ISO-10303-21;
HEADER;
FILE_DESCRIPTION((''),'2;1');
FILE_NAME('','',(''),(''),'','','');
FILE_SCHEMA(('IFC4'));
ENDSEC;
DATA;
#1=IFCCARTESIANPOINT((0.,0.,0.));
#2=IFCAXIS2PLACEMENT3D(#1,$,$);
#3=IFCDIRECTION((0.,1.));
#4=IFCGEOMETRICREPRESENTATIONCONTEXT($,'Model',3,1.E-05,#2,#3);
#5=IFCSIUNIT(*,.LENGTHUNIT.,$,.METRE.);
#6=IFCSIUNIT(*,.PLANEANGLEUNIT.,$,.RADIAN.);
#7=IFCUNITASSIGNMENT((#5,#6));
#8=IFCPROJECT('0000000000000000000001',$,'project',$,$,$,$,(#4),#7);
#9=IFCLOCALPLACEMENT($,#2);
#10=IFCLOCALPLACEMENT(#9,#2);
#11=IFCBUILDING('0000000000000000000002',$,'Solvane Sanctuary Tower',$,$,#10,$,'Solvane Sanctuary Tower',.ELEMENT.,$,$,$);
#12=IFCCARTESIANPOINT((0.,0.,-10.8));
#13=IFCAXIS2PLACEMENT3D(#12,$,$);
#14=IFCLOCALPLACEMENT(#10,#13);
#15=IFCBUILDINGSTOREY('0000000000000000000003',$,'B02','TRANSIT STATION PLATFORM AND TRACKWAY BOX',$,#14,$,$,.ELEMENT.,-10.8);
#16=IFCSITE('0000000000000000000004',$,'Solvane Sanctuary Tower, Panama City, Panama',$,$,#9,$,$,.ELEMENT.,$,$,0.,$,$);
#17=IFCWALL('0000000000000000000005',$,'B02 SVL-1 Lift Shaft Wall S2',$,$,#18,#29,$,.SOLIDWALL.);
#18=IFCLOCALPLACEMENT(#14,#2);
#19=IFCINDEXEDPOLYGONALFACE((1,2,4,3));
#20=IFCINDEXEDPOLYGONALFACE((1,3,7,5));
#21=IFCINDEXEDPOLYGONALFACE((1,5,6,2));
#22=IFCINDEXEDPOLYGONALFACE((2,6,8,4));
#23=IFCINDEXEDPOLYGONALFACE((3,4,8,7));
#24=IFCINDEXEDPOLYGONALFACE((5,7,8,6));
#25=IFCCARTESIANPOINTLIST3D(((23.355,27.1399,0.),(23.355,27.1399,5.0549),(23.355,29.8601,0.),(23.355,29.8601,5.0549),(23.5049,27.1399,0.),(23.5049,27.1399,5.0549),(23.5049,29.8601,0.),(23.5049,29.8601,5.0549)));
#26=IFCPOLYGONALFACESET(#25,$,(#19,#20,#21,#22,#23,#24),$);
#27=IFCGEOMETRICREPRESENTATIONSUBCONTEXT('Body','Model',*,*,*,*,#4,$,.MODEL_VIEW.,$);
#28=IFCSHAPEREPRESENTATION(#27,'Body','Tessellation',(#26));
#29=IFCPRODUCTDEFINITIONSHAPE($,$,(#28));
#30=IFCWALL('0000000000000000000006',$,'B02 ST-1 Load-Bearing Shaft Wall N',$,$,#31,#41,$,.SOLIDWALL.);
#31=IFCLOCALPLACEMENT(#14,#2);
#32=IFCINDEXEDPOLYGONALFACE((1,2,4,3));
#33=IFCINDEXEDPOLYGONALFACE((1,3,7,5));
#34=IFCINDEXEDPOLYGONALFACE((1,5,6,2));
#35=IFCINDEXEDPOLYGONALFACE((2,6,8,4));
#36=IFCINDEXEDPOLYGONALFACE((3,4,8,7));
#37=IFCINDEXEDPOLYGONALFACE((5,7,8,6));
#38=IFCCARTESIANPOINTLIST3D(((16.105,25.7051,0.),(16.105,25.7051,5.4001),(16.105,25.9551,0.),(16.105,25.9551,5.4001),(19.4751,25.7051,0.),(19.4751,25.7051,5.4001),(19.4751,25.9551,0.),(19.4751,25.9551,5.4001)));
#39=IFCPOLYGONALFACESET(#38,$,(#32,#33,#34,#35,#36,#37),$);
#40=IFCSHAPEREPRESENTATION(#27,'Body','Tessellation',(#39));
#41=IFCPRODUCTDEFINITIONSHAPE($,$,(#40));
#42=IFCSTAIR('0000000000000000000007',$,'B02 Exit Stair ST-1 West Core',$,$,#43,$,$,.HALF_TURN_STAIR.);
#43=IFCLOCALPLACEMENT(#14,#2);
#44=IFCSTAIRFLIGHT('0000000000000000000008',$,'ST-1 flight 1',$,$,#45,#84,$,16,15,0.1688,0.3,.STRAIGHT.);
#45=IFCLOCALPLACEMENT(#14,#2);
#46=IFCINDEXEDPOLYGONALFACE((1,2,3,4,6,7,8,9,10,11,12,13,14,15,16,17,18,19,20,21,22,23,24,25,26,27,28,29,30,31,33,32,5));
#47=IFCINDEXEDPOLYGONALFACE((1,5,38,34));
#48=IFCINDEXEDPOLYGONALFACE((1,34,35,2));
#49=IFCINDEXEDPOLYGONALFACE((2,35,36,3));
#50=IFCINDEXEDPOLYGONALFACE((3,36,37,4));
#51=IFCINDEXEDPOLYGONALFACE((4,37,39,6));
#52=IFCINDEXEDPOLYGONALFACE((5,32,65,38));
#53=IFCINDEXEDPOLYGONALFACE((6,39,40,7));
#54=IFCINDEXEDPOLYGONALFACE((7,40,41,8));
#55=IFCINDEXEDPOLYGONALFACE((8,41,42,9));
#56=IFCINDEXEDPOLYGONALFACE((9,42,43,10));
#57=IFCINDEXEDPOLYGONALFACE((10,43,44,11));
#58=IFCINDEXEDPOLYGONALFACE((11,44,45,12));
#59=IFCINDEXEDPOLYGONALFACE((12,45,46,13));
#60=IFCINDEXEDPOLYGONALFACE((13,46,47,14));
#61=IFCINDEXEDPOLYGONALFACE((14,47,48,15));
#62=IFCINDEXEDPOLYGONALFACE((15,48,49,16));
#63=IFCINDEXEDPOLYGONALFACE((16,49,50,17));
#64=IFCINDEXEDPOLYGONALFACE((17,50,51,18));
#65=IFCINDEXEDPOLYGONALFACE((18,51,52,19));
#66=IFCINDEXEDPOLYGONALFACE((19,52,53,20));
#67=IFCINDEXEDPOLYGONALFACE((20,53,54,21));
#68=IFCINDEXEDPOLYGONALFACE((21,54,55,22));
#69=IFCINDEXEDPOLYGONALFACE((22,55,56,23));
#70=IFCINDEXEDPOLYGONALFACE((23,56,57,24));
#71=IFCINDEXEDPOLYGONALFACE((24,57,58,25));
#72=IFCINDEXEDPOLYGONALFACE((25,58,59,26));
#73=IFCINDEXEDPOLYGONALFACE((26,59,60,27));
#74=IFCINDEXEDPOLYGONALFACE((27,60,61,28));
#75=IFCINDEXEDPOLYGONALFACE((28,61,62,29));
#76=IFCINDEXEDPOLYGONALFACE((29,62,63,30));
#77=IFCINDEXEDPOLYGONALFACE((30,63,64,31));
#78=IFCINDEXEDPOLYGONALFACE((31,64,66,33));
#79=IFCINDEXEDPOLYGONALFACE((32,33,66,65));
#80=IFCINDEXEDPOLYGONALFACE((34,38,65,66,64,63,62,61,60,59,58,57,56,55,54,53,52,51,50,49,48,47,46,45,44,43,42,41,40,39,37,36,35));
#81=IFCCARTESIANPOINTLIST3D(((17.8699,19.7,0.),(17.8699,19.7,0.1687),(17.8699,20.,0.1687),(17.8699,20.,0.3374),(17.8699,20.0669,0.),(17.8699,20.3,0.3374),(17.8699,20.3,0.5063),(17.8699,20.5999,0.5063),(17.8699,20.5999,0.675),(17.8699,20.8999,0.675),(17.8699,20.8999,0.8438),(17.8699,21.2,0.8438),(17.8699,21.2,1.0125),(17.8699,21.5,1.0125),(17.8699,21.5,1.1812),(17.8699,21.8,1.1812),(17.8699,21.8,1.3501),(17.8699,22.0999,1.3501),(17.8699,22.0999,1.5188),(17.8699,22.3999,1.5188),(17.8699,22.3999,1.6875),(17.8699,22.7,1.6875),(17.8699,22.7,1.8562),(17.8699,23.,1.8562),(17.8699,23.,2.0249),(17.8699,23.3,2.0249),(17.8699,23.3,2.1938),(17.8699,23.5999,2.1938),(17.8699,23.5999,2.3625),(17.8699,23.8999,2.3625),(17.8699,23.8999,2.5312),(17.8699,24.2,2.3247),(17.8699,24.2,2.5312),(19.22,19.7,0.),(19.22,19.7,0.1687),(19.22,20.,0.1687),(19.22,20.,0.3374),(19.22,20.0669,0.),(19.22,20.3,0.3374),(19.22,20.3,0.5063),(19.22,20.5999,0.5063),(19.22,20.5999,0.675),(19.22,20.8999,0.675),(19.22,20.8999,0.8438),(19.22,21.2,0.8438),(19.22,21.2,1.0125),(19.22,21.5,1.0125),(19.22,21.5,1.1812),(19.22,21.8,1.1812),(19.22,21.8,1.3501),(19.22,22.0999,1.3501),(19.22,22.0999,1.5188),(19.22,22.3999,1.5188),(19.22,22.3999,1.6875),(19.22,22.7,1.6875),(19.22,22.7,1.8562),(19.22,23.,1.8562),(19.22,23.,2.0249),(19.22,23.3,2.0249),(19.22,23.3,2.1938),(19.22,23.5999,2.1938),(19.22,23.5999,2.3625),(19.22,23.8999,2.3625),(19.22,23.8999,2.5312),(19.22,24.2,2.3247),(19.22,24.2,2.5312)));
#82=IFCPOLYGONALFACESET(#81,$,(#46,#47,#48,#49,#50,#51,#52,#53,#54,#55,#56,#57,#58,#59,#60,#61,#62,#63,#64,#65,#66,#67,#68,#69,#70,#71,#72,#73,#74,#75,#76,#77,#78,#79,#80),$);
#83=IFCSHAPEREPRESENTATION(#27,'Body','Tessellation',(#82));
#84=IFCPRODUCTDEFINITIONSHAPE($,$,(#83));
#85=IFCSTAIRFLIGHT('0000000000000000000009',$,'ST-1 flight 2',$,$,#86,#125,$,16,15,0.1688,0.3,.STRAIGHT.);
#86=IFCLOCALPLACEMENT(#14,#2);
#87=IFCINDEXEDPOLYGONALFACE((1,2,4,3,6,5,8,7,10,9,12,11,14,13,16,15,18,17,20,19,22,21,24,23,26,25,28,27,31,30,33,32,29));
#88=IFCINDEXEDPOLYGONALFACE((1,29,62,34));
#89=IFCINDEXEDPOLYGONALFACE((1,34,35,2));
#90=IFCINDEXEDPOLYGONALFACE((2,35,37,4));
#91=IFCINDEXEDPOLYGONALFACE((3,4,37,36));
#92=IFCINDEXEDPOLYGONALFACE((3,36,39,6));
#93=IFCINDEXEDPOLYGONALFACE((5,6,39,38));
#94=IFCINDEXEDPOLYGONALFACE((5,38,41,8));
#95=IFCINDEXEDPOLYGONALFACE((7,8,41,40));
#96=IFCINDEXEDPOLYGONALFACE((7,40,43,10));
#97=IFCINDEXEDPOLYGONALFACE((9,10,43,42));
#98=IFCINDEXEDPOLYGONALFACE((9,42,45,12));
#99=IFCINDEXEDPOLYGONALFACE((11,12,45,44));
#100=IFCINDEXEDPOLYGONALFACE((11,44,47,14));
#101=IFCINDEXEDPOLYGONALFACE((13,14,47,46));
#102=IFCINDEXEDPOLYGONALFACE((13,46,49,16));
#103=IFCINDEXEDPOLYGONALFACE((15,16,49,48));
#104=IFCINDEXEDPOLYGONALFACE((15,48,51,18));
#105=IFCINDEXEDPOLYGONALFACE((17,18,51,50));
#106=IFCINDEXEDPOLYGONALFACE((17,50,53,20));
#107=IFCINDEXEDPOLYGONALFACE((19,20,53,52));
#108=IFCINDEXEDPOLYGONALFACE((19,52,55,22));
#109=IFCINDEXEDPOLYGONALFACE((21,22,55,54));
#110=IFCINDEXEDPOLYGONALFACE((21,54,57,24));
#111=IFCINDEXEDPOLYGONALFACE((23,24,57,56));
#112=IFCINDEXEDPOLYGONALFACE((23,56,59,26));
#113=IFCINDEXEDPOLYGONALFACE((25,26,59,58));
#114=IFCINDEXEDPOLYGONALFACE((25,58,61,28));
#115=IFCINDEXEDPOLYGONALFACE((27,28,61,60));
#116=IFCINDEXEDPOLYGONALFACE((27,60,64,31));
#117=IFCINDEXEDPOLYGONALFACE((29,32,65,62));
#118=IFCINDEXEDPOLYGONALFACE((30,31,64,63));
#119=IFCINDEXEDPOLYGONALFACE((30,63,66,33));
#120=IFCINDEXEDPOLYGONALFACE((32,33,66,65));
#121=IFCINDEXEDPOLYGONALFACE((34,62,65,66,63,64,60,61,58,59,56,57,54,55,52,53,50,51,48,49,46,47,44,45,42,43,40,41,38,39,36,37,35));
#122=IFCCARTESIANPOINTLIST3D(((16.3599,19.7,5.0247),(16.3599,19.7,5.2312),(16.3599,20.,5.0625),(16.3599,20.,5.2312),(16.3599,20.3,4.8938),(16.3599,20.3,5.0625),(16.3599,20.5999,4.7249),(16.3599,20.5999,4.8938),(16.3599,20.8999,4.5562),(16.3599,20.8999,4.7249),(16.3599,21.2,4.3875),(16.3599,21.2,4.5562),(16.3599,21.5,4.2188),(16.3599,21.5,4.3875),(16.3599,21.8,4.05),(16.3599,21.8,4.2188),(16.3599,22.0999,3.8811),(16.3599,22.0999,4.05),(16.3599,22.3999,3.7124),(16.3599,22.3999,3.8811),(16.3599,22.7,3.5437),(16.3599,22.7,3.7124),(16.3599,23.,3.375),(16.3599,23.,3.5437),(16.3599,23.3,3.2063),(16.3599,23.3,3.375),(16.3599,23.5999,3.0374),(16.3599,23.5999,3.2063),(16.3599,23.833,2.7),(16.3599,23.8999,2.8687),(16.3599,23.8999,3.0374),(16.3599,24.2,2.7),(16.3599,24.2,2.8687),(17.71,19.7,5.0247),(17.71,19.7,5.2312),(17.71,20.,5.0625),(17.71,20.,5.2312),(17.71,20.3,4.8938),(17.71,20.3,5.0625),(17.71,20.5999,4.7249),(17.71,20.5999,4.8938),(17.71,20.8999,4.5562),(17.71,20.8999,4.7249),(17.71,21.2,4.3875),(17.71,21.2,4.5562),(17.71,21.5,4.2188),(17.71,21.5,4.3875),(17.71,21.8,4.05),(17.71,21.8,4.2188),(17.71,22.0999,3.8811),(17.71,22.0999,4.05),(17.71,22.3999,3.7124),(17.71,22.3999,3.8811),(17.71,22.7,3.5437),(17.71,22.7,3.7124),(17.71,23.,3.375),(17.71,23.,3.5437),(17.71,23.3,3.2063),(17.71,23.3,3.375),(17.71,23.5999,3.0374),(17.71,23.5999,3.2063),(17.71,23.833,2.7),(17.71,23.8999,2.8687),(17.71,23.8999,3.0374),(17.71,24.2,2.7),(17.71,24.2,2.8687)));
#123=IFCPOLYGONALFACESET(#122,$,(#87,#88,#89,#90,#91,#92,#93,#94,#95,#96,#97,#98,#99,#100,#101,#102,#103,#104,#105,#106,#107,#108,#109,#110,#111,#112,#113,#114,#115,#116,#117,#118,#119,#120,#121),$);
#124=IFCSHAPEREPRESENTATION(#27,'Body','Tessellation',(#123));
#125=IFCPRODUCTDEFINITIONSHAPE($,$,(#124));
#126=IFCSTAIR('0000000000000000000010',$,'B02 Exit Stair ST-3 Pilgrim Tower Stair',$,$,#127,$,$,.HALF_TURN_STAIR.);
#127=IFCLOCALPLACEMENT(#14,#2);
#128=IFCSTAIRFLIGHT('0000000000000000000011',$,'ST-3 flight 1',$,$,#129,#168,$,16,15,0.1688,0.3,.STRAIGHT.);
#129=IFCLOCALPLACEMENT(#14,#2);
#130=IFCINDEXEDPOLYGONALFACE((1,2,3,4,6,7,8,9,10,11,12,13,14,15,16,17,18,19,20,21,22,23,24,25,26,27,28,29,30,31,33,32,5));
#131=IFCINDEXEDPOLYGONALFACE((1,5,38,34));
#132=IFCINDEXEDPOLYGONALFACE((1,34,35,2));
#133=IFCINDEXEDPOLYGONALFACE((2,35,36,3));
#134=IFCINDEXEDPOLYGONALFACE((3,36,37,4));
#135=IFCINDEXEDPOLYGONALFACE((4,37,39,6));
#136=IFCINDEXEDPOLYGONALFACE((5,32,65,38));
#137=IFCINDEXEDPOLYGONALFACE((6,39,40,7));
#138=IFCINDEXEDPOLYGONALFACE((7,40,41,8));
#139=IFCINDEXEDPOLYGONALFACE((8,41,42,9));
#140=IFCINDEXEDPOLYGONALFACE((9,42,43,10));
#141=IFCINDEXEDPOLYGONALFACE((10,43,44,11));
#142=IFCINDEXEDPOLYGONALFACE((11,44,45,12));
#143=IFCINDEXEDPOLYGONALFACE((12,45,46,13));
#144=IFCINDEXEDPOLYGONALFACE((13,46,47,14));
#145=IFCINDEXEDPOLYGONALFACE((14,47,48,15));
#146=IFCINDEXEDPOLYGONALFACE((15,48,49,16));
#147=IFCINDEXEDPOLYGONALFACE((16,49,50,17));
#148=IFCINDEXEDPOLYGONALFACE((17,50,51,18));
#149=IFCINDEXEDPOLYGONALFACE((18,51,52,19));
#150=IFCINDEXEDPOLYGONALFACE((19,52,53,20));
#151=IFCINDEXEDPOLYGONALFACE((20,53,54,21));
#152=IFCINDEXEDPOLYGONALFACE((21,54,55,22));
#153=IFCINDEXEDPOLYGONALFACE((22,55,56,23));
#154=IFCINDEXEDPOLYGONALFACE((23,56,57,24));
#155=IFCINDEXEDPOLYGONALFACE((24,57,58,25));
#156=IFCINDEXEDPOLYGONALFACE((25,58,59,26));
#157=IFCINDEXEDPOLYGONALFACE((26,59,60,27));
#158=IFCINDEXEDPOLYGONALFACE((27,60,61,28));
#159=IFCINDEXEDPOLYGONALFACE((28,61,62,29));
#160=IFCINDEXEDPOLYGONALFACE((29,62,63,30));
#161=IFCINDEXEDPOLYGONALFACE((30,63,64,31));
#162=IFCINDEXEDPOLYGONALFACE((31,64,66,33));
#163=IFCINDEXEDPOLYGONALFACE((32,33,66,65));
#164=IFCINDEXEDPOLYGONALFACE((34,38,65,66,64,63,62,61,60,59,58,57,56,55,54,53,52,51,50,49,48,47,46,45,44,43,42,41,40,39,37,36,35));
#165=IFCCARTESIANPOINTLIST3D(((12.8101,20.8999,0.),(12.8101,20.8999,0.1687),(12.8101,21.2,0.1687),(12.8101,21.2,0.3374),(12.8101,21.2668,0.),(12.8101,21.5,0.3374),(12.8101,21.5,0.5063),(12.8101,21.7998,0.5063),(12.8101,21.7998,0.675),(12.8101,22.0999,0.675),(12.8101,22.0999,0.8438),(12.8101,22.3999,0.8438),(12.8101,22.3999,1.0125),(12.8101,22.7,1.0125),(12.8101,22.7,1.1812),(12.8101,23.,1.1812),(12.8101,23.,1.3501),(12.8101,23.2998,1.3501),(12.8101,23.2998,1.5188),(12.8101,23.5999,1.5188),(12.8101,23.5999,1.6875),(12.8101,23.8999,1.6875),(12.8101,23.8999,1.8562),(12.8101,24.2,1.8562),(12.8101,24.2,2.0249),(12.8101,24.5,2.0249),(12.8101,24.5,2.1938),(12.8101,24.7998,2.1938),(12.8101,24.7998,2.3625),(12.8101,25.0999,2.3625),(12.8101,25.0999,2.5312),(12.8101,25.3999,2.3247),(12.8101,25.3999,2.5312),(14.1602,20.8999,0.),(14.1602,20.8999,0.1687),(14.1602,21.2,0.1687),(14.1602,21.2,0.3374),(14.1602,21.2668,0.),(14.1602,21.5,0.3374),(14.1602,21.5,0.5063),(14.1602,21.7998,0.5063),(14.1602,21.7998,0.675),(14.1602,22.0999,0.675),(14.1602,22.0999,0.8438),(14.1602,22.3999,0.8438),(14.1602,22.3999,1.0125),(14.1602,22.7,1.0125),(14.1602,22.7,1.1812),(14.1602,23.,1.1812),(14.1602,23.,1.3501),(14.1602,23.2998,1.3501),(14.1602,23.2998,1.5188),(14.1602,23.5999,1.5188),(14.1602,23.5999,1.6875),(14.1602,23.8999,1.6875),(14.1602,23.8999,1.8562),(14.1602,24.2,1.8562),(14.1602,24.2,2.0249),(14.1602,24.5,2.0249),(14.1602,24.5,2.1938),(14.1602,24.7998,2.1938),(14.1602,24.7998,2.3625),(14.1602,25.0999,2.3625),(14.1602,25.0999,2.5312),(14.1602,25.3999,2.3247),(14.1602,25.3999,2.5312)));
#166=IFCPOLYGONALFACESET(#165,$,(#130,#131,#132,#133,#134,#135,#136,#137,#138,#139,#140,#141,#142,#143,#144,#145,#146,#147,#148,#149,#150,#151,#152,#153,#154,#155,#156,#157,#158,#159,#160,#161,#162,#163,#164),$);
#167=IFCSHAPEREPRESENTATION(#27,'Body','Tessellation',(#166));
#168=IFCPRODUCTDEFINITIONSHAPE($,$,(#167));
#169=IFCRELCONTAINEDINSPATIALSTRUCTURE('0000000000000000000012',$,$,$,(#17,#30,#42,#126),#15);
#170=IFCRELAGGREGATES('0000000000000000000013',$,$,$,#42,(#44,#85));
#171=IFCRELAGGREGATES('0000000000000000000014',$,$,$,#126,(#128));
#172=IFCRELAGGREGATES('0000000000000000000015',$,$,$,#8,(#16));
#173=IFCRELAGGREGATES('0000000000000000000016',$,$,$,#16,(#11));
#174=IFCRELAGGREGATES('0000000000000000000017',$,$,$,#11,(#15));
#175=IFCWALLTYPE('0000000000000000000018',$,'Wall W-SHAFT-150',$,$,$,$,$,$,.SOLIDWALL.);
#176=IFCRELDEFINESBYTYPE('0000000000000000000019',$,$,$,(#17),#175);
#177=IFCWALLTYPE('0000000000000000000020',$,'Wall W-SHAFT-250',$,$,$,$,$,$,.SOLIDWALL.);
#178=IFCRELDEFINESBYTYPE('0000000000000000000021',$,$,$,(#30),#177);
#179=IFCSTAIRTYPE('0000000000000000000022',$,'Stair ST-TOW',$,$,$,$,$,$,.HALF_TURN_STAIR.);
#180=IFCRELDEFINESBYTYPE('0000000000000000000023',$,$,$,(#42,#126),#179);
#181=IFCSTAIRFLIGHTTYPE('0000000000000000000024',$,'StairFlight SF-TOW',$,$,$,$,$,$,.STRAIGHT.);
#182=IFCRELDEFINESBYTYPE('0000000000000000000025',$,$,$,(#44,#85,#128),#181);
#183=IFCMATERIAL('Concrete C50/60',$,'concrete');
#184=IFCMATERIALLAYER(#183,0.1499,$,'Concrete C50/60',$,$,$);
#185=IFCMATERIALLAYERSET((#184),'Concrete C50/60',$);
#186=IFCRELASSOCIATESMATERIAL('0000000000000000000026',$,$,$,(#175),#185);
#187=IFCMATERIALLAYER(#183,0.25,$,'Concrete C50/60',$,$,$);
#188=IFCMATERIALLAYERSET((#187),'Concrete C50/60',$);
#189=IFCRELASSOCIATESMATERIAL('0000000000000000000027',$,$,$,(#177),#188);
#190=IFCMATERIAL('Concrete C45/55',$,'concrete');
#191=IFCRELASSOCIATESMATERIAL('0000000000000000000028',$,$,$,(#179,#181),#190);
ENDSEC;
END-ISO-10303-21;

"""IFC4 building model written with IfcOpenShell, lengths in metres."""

from ifc_helpers import new_model, si_unit, direction, frame, frame_2d, origin, place, context, subcontext, project, spatial, polyline, rectangle, outline, extrude, material, layer, layer_set, type_object, element, aggregate, save


model = new_model("IFC4")

# Units and contexts
model_context = context("Model", 3, precision=1e-05, world=origin(), true_north=direction((0.0, 1.0)))
body_context = subcontext(model_context, "Body", "Model", "MODEL_VIEW")
ifc_project = project(units=[si_unit("LENGTHUNIT", "METRE"), si_unit("PLANEANGLEUNIT", "RADIAN")], contexts=[model_context])

# Site, building, storey
site_placement = place(None, origin())
site = spatial("IfcSite", under=ifc_project, at=site_placement, Name="Solvane Sanctuary Tower, Panama City, Panama", CompositionType="ELEMENT", RefElevation=0.0)
building_placement = place(site_placement, origin())
building = spatial("IfcBuilding", under=site, at=building_placement, Name="Solvane Sanctuary Tower", LongName="Solvane Sanctuary Tower", CompositionType="ELEMENT")
storey_placement = place(building_placement, frame((0.0, 0.0, -10.8)))
storey = spatial("IfcBuildingStorey", under=building, at=storey_placement, Name="B02", Description="TRANSIT STATION PLATFORM AND TRACKWAY BOX", CompositionType="ELEMENT", Elevation=-10.8)

# Shared definitions
ifc_material_1 = material(Name="Concrete C45/55", Category="concrete")

# Shared definitions
ifc_material_2 = material(Name="Concrete C50/60", Category="concrete")
ifc_layer_1 = layer(ifc_material_2, 0.1499, Name="Concrete C50/60")
ifc_layer_set_1 = layer_set([ifc_layer_1], Name="Concrete C50/60")
wall_type_1 = type_object("IfcWallType", Name="Wall W-SHAFT-150", PredefinedType="SOLIDWALL", material=ifc_layer_set_1)

# Walls
for number, where, z_axis, x_axis, name in (
    (1, (23.4299, 27.1399, 0.0), (0.0, 0.0, 1.0), (0.0, 1.0, 0.0), "B02 SVL-1 Lift Shaft Wall S2"),
):
    element("IfcWall", number, at=place(storey_placement, frame(where, z_axis=z_axis, x_axis=x_axis)), inside=storey, type_object=wall_type_1, Name=name, PredefinedType="SOLIDWALL", context=body_context, shape_type="SweptSolid", body=[
        extrude(rectangle(XDim=2.7202, YDim=0.1499, at=frame_2d((1.3601, 0.0))), origin(), (0.0, 0.0, 1.0), 5.0549),
    ])
ifc_layer_2 = layer(ifc_material_2, 0.25, Name="Concrete C50/60")
ifc_layer_set_2 = layer_set([ifc_layer_2], Name="Concrete C50/60")
wall_type_2 = type_object("IfcWallType", Name="Wall W-SHAFT-250", PredefinedType="SOLIDWALL", material=ifc_layer_set_2)
wall_1_placement = place(storey_placement, frame((16.105, 25.8301, 0.0), z_axis=(0.0, 0.0, 1.0), x_axis=(1.0, 0.0, 0.0)))
element("IfcWall", 2, at=wall_1_placement, inside=storey, type_object=wall_type_2, Name="B02 ST-1 Load-Bearing Shaft Wall N", PredefinedType="SOLIDWALL", context=body_context, shape_type="SweptSolid", body=[
    extrude(rectangle(XDim=3.3701, YDim=0.25, at=frame_2d((1.6851, 0.0))), origin(), (0.0, 0.0, 1.0), 5.4001),
])

# Stair, stair flights
stair_type = type_object("IfcStairType", Name="Stair ST-TOW", PredefinedType="HALF_TURN_STAIR", material=ifc_material_1)
stair_1_placement = place(storey_placement, origin())
stair_1 = element("IfcStair", 3, at=stair_1_placement, inside=storey, type_object=stair_type, Name="B02 Exit Stair ST-1 West Core", PredefinedType="HALF_TURN_STAIR")
stair_flight_type = type_object("IfcStairFlightType", Name="StairFlight SF-TOW", PredefinedType="STRAIGHT", material=ifc_material_1)
stair_flight_1_placement = place(storey_placement, frame((18.5449, 19.7, 0.0), z_axis=(0.0, 0.0, 1.0), x_axis=(0.0, 1.0, 0.0)))
stair_flight_1 = element("IfcStairFlight", 4, at=stair_flight_1_placement, type_object=stair_flight_type, Name="ST-1 flight 1", NumberOfRisers=16, NumberOfTreads=15, PredefinedType="STRAIGHT", RiserHeight=0.1688, TreadLength=0.3, context=body_context, shape_type="SweptSolid", body=[
    extrude(outline(polyline([(0.0, 0.0), (0.0, 0.1687), (0.3, 0.1687), (0.3, 0.3374), (0.6001, 0.3374), (0.6001, 0.5063), (0.8999, 0.5063), (0.8999, 0.675), (1.2, 0.675), (1.2, 0.8438), (1.5, 0.8438), (1.5, 1.0125), (1.8, 1.0125), (1.8, 1.1812), (2.1001, 1.1812), (2.1001, 1.3501), (2.3999, 1.3501), (2.3999, 1.5188), (2.7, 1.5188), (2.7, 1.6875), (3.0, 1.6875), (3.0, 1.8562), (3.3, 1.8562), (3.3, 2.0249), (3.6001, 2.0249), (3.6001, 2.1938), (3.8999, 2.1938), (3.8999, 2.3625), (4.2, 2.3625), (4.2, 2.5312), (4.5, 2.5312), (4.5, 2.7), (4.5, 2.3247), (0.3669, 0.0), (0.0, 0.0)])), frame((0.0, 0.675, 0.0), z_axis=(0.0, -1.0, 0.0), x_axis=(1.0, 0.0, 0.0)), (0.0, 0.0, 1.0), 1.3501),
])
stair_flight_2_placement = place(storey_placement, frame((17.0349, 24.2, 2.7), z_axis=(0.0, 0.0, 1.0), x_axis=(0.0, -1.0, 0.0)))
stair_flight_2 = element("IfcStairFlight", 5, at=stair_flight_2_placement, type_object=stair_flight_type, Name="ST-1 flight 2", NumberOfRisers=16, NumberOfTreads=15, PredefinedType="STRAIGHT", RiserHeight=0.1688, TreadLength=0.3, context=body_context, shape_type="SweptSolid", body=[
    extrude(outline(polyline([(0.0, 0.0), (0.0, 0.1687), (0.3, 0.1687), (0.3, 0.3374), (0.6001, 0.3374), (0.6001, 0.5063), (0.8999, 0.5063), (0.8999, 0.675), (1.2, 0.675), (1.2, 0.8438), (1.5, 0.8438), (1.5, 1.0125), (1.8, 1.0125), (1.8, 1.1812), (2.1001, 1.1812), (2.1001, 1.3501), (2.3999, 1.3501), (2.3999, 1.5188), (2.7, 1.5188), (2.7, 1.6875), (3.0, 1.6875), (3.0, 1.8562), (3.3, 1.8562), (3.3, 2.0249), (3.6001, 2.0249), (3.6001, 2.1938), (3.8999, 2.1938), (3.8999, 2.3625), (4.2, 2.3625), (4.2, 2.5312), (4.5, 2.5312), (4.5, 2.7), (4.5, 2.3247), (0.3669, 0.0), (0.0, 0.0)])), frame((0.0, 0.675, 0.0), z_axis=(0.0, -1.0, 0.0), x_axis=(1.0, 0.0, 0.0)), (0.0, 0.0, 1.0), 1.3501),
])
aggregate(stair_1, [stair_flight_1, stair_flight_2])

# Stair, stair flight
stair_2_placement = place(storey_placement, origin())
stair_2 = element("IfcStair", 6, at=stair_2_placement, inside=storey, type_object=stair_type, Name="B02 Exit Stair ST-3 Pilgrim Tower Stair", PredefinedType="HALF_TURN_STAIR")
stair_flight_3_placement = place(storey_placement, frame((13.4851, 20.8999, 0.0), z_axis=(0.0, 0.0, 1.0), x_axis=(0.0, 1.0, 0.0)))
stair_flight_3 = element("IfcStairFlight", 7, at=stair_flight_3_placement, type_object=stair_flight_type, Name="ST-3 flight 1", NumberOfRisers=16, NumberOfTreads=15, PredefinedType="STRAIGHT", RiserHeight=0.1688, TreadLength=0.3, context=body_context, shape_type="SweptSolid", body=[
    extrude(outline(polyline([(0.0, 0.0), (0.0, 0.1687), (0.3, 0.1687), (0.3, 0.3374), (0.6001, 0.3374), (0.6001, 0.5063), (0.8999, 0.5063), (0.8999, 0.675), (1.2, 0.675), (1.2, 0.8438), (1.5, 0.8438), (1.5, 1.0125), (1.8, 1.0125), (1.8, 1.1812), (2.1001, 1.1812), (2.1001, 1.3501), (2.3999, 1.3501), (2.3999, 1.5188), (2.7, 1.5188), (2.7, 1.6875), (3.0, 1.6875), (3.0, 1.8562), (3.3, 1.8562), (3.3, 2.0249), (3.6001, 2.0249), (3.6001, 2.1938), (3.8999, 2.1938), (3.8999, 2.3625), (4.2, 2.3625), (4.2, 2.5312), (4.5, 2.5312), (4.5, 2.7), (4.5, 2.3247), (0.3669, 0.0), (0.0, 0.0)])), frame((0.0, 0.675, 0.0), z_axis=(0.0, -1.0, 0.0), x_axis=(1.0, 0.0, 0.0)), (0.0, 0.0, 1.0), 1.3501),
])
aggregate(stair_2, [stair_flight_3])

save(model, "model.ifc")
